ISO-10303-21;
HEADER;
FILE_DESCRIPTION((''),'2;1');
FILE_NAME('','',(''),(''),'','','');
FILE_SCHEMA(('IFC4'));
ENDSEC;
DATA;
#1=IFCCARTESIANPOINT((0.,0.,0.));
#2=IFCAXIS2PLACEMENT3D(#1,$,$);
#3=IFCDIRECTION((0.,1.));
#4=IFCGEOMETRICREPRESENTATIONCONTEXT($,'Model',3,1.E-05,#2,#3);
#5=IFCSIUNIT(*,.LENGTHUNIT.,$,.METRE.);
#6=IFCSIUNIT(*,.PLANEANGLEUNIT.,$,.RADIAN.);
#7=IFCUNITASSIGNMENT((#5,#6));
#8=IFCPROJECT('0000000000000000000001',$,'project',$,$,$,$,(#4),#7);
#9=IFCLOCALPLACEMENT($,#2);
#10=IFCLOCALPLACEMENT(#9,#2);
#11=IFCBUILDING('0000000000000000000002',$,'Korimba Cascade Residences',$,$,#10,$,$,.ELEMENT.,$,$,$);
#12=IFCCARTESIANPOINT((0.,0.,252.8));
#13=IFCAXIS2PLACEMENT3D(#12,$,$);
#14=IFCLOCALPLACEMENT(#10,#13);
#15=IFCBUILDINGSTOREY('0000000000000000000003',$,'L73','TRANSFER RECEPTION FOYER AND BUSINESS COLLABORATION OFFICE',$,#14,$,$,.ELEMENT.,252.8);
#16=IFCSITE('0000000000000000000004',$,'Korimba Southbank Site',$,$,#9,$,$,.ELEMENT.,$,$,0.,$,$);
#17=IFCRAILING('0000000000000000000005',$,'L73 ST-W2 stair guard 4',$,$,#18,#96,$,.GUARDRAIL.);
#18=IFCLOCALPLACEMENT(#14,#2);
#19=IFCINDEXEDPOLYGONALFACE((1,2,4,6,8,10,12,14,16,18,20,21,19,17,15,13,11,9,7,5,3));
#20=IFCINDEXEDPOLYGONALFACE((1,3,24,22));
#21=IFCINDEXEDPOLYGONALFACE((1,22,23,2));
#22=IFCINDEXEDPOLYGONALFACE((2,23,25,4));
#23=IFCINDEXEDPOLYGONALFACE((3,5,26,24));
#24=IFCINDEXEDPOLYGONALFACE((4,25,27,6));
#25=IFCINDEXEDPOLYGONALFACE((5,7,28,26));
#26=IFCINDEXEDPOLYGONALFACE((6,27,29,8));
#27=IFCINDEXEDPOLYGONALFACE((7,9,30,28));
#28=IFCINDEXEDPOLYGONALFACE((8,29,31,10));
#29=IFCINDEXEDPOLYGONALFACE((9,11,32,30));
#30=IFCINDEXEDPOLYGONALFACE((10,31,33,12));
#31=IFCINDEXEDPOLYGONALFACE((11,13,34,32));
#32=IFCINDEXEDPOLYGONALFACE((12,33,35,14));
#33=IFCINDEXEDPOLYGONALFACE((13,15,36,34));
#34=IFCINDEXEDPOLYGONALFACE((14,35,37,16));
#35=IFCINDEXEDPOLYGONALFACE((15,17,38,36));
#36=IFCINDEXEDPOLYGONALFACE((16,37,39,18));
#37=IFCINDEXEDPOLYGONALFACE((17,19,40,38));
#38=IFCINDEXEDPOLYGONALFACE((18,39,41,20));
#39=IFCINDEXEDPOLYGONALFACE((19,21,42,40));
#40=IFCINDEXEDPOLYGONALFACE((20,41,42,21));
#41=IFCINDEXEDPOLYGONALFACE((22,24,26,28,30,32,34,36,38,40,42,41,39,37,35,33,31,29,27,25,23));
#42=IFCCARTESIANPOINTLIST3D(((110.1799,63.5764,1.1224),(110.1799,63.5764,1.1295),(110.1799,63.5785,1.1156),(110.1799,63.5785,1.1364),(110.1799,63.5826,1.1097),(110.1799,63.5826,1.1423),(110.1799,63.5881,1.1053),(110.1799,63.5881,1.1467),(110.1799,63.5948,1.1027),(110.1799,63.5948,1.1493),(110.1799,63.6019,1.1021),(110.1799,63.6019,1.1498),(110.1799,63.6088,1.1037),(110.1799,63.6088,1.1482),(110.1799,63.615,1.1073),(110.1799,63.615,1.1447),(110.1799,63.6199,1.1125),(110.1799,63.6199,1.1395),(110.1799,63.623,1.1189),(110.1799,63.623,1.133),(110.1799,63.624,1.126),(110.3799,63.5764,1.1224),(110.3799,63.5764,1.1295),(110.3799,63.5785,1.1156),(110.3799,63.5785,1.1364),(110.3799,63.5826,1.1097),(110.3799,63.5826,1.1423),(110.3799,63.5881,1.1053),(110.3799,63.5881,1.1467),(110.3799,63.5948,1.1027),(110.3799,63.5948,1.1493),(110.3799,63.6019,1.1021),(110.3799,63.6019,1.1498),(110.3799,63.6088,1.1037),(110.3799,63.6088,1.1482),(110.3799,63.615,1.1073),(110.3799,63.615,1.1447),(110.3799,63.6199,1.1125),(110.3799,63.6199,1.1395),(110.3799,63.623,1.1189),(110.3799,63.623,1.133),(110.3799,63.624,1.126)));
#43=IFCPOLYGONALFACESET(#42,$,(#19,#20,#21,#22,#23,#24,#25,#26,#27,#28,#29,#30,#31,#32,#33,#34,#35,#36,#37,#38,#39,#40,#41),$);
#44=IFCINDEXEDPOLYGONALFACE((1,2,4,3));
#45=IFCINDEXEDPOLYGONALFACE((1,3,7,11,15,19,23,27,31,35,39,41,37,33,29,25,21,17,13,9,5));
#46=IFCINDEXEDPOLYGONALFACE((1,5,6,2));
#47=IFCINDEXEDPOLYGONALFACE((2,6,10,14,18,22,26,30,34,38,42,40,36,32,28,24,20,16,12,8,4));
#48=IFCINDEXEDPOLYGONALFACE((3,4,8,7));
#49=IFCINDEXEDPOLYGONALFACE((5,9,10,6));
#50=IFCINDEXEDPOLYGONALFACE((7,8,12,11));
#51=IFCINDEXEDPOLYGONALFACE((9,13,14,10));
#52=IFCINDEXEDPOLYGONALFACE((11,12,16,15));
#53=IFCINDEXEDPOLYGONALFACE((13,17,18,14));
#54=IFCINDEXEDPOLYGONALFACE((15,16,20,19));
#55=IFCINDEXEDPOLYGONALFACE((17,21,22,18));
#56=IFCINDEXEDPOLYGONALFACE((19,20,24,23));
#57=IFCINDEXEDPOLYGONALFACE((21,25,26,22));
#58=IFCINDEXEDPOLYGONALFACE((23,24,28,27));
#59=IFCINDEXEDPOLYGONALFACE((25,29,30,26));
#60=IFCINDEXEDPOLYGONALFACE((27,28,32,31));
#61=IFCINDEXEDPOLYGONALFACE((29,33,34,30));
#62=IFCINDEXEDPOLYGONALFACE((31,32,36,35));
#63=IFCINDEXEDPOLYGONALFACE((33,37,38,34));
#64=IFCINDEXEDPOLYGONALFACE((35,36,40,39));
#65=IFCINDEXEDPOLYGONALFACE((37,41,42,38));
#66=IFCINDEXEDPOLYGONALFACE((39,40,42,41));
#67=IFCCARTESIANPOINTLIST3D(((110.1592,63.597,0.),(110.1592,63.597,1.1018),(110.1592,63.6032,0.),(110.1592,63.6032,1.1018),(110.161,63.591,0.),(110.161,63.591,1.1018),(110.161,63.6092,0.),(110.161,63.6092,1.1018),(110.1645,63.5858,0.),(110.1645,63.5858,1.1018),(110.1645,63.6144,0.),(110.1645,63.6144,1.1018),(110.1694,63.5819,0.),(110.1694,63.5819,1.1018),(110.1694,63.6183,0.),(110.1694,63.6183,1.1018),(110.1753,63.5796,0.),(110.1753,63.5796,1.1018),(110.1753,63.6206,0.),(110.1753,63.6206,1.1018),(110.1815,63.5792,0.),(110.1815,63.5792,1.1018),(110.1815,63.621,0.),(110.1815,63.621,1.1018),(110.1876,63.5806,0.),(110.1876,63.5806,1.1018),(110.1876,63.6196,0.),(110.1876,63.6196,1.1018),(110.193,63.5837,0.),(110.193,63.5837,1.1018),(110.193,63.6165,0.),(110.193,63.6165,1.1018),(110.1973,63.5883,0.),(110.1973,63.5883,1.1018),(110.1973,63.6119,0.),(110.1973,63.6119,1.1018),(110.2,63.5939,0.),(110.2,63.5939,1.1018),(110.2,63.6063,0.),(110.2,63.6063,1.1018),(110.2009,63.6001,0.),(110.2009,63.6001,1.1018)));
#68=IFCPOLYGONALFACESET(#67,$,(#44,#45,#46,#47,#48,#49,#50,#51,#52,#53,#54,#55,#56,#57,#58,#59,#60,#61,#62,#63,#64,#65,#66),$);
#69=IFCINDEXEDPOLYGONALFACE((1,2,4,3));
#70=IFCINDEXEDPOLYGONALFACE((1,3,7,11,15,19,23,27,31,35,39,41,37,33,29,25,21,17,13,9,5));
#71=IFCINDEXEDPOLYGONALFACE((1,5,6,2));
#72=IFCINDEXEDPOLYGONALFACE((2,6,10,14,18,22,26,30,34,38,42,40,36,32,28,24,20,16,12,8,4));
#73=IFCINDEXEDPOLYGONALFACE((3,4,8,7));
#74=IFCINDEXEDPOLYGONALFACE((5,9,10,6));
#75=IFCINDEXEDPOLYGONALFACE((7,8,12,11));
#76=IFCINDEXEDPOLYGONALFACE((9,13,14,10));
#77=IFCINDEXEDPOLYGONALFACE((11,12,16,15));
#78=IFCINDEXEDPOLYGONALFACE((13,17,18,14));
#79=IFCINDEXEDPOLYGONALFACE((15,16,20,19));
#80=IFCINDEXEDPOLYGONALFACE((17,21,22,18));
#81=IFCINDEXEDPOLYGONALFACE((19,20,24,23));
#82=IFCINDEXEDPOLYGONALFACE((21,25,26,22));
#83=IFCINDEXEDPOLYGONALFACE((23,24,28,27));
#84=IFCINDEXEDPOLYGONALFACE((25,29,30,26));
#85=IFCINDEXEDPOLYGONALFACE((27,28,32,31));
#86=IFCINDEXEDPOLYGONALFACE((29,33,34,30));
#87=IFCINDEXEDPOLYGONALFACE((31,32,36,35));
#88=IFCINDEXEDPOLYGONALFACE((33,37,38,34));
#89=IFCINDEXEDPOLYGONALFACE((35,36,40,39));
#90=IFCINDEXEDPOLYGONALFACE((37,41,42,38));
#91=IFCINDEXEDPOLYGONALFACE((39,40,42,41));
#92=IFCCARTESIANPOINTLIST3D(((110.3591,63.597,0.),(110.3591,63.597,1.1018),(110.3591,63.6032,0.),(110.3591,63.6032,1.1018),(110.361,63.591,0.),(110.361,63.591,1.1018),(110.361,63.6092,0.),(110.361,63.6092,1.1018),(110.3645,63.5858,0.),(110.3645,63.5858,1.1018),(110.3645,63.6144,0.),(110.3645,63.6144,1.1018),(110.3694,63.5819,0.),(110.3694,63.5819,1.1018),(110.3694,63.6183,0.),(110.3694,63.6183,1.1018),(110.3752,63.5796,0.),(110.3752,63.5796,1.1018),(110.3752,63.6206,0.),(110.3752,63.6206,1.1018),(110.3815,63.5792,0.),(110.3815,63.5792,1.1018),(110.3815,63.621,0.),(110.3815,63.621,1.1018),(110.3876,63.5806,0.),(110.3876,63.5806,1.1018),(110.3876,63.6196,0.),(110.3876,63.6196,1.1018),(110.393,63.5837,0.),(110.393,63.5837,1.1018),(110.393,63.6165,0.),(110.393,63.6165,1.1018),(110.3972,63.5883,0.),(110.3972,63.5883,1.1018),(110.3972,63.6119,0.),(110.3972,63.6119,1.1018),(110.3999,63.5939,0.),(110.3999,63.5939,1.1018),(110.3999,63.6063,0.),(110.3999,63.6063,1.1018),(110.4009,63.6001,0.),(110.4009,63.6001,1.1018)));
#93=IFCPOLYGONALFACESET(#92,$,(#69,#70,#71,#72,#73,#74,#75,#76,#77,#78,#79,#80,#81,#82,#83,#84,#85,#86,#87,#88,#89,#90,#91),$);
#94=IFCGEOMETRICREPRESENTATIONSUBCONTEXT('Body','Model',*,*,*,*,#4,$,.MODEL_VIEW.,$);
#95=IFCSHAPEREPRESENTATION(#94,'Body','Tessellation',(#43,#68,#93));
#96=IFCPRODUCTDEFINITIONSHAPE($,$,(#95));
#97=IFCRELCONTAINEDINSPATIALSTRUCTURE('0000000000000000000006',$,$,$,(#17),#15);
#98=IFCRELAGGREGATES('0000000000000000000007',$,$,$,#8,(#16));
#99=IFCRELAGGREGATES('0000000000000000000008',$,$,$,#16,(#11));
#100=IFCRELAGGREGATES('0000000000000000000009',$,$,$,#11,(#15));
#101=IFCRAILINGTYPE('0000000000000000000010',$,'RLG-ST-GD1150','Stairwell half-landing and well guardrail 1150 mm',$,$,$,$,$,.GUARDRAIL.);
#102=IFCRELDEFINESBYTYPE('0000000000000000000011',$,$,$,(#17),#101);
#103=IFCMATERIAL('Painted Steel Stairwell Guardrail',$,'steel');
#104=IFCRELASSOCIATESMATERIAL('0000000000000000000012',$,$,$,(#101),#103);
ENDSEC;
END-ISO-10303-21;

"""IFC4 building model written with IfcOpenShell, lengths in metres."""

from ifc_helpers import new_model, si_unit, direction, frame, origin, origin_2d, place, context, subcontext, project, spatial, circle, extrude, material, type_object, element, save


model = new_model("IFC4")

# Units and contexts
model_context = context("Model", 3, precision=1e-05, world=origin(), true_north=direction((0.0, 1.0)))
body_context = subcontext(model_context, "Body", "Model", "MODEL_VIEW")
ifc_project = project(units=[si_unit("LENGTHUNIT", "METRE"), si_unit("PLANEANGLEUNIT", "RADIAN")], contexts=[model_context])

# Site, building, storey
site_placement = place(None, origin())
site = spatial("IfcSite", under=ifc_project, at=site_placement, Name="Korimba Southbank Site", CompositionType="ELEMENT", RefElevation=0.0)
building_placement = place(site_placement, origin())
building = spatial("IfcBuilding", under=site, at=building_placement, Name="Korimba Cascade Residences", CompositionType="ELEMENT")
storey_placement = place(building_placement, frame((0.0, 0.0, 252.8)))
storey = spatial("IfcBuildingStorey", under=building, at=storey_placement, Name="L73", Description="TRANSFER RECEPTION FOYER AND BUSINESS COLLABORATION OFFICE", CompositionType="ELEMENT", Elevation=252.8)

# Railing
ifc_material_1 = material(Name="Painted Steel Stairwell Guardrail", Category="steel")
railing_type_1 = type_object("IfcRailingType", Name="RLG-ST-GD1150", Description="Stairwell half-landing and well guardrail 1150 mm", PredefinedType="GUARDRAIL", material=ifc_material_1)
railing_1_placement = place(storey_placement, frame((110.1799, 63.6001, 0.0)))
element("IfcRailing", 1, at=railing_1_placement, inside=storey, type_object=railing_type_1, Name="L73 ST-W2 stair guard 4", PredefinedType="GUARDRAIL", context=body_context, shape_type="SweptSolid", body=[
    extrude(circle(Radius=0.0239, at=origin_2d()), frame((0.0, 0.0, 1.126), z_axis=(1.0, 0.0, 0.0), x_axis=(0.0, 1.0, 0.0)), (0.0, 0.0, 1.0), 0.2),
    extrude(circle(Radius=0.021, at=origin_2d()), origin(), (0.0, 0.0, 1.0), 1.1018),
    extrude(circle(Radius=0.021, at=origin_2d()), frame((0.2, 0.0, 0.0)), (0.0, 0.0, 1.0), 1.1018),
])

save(model, "model.ifc")
